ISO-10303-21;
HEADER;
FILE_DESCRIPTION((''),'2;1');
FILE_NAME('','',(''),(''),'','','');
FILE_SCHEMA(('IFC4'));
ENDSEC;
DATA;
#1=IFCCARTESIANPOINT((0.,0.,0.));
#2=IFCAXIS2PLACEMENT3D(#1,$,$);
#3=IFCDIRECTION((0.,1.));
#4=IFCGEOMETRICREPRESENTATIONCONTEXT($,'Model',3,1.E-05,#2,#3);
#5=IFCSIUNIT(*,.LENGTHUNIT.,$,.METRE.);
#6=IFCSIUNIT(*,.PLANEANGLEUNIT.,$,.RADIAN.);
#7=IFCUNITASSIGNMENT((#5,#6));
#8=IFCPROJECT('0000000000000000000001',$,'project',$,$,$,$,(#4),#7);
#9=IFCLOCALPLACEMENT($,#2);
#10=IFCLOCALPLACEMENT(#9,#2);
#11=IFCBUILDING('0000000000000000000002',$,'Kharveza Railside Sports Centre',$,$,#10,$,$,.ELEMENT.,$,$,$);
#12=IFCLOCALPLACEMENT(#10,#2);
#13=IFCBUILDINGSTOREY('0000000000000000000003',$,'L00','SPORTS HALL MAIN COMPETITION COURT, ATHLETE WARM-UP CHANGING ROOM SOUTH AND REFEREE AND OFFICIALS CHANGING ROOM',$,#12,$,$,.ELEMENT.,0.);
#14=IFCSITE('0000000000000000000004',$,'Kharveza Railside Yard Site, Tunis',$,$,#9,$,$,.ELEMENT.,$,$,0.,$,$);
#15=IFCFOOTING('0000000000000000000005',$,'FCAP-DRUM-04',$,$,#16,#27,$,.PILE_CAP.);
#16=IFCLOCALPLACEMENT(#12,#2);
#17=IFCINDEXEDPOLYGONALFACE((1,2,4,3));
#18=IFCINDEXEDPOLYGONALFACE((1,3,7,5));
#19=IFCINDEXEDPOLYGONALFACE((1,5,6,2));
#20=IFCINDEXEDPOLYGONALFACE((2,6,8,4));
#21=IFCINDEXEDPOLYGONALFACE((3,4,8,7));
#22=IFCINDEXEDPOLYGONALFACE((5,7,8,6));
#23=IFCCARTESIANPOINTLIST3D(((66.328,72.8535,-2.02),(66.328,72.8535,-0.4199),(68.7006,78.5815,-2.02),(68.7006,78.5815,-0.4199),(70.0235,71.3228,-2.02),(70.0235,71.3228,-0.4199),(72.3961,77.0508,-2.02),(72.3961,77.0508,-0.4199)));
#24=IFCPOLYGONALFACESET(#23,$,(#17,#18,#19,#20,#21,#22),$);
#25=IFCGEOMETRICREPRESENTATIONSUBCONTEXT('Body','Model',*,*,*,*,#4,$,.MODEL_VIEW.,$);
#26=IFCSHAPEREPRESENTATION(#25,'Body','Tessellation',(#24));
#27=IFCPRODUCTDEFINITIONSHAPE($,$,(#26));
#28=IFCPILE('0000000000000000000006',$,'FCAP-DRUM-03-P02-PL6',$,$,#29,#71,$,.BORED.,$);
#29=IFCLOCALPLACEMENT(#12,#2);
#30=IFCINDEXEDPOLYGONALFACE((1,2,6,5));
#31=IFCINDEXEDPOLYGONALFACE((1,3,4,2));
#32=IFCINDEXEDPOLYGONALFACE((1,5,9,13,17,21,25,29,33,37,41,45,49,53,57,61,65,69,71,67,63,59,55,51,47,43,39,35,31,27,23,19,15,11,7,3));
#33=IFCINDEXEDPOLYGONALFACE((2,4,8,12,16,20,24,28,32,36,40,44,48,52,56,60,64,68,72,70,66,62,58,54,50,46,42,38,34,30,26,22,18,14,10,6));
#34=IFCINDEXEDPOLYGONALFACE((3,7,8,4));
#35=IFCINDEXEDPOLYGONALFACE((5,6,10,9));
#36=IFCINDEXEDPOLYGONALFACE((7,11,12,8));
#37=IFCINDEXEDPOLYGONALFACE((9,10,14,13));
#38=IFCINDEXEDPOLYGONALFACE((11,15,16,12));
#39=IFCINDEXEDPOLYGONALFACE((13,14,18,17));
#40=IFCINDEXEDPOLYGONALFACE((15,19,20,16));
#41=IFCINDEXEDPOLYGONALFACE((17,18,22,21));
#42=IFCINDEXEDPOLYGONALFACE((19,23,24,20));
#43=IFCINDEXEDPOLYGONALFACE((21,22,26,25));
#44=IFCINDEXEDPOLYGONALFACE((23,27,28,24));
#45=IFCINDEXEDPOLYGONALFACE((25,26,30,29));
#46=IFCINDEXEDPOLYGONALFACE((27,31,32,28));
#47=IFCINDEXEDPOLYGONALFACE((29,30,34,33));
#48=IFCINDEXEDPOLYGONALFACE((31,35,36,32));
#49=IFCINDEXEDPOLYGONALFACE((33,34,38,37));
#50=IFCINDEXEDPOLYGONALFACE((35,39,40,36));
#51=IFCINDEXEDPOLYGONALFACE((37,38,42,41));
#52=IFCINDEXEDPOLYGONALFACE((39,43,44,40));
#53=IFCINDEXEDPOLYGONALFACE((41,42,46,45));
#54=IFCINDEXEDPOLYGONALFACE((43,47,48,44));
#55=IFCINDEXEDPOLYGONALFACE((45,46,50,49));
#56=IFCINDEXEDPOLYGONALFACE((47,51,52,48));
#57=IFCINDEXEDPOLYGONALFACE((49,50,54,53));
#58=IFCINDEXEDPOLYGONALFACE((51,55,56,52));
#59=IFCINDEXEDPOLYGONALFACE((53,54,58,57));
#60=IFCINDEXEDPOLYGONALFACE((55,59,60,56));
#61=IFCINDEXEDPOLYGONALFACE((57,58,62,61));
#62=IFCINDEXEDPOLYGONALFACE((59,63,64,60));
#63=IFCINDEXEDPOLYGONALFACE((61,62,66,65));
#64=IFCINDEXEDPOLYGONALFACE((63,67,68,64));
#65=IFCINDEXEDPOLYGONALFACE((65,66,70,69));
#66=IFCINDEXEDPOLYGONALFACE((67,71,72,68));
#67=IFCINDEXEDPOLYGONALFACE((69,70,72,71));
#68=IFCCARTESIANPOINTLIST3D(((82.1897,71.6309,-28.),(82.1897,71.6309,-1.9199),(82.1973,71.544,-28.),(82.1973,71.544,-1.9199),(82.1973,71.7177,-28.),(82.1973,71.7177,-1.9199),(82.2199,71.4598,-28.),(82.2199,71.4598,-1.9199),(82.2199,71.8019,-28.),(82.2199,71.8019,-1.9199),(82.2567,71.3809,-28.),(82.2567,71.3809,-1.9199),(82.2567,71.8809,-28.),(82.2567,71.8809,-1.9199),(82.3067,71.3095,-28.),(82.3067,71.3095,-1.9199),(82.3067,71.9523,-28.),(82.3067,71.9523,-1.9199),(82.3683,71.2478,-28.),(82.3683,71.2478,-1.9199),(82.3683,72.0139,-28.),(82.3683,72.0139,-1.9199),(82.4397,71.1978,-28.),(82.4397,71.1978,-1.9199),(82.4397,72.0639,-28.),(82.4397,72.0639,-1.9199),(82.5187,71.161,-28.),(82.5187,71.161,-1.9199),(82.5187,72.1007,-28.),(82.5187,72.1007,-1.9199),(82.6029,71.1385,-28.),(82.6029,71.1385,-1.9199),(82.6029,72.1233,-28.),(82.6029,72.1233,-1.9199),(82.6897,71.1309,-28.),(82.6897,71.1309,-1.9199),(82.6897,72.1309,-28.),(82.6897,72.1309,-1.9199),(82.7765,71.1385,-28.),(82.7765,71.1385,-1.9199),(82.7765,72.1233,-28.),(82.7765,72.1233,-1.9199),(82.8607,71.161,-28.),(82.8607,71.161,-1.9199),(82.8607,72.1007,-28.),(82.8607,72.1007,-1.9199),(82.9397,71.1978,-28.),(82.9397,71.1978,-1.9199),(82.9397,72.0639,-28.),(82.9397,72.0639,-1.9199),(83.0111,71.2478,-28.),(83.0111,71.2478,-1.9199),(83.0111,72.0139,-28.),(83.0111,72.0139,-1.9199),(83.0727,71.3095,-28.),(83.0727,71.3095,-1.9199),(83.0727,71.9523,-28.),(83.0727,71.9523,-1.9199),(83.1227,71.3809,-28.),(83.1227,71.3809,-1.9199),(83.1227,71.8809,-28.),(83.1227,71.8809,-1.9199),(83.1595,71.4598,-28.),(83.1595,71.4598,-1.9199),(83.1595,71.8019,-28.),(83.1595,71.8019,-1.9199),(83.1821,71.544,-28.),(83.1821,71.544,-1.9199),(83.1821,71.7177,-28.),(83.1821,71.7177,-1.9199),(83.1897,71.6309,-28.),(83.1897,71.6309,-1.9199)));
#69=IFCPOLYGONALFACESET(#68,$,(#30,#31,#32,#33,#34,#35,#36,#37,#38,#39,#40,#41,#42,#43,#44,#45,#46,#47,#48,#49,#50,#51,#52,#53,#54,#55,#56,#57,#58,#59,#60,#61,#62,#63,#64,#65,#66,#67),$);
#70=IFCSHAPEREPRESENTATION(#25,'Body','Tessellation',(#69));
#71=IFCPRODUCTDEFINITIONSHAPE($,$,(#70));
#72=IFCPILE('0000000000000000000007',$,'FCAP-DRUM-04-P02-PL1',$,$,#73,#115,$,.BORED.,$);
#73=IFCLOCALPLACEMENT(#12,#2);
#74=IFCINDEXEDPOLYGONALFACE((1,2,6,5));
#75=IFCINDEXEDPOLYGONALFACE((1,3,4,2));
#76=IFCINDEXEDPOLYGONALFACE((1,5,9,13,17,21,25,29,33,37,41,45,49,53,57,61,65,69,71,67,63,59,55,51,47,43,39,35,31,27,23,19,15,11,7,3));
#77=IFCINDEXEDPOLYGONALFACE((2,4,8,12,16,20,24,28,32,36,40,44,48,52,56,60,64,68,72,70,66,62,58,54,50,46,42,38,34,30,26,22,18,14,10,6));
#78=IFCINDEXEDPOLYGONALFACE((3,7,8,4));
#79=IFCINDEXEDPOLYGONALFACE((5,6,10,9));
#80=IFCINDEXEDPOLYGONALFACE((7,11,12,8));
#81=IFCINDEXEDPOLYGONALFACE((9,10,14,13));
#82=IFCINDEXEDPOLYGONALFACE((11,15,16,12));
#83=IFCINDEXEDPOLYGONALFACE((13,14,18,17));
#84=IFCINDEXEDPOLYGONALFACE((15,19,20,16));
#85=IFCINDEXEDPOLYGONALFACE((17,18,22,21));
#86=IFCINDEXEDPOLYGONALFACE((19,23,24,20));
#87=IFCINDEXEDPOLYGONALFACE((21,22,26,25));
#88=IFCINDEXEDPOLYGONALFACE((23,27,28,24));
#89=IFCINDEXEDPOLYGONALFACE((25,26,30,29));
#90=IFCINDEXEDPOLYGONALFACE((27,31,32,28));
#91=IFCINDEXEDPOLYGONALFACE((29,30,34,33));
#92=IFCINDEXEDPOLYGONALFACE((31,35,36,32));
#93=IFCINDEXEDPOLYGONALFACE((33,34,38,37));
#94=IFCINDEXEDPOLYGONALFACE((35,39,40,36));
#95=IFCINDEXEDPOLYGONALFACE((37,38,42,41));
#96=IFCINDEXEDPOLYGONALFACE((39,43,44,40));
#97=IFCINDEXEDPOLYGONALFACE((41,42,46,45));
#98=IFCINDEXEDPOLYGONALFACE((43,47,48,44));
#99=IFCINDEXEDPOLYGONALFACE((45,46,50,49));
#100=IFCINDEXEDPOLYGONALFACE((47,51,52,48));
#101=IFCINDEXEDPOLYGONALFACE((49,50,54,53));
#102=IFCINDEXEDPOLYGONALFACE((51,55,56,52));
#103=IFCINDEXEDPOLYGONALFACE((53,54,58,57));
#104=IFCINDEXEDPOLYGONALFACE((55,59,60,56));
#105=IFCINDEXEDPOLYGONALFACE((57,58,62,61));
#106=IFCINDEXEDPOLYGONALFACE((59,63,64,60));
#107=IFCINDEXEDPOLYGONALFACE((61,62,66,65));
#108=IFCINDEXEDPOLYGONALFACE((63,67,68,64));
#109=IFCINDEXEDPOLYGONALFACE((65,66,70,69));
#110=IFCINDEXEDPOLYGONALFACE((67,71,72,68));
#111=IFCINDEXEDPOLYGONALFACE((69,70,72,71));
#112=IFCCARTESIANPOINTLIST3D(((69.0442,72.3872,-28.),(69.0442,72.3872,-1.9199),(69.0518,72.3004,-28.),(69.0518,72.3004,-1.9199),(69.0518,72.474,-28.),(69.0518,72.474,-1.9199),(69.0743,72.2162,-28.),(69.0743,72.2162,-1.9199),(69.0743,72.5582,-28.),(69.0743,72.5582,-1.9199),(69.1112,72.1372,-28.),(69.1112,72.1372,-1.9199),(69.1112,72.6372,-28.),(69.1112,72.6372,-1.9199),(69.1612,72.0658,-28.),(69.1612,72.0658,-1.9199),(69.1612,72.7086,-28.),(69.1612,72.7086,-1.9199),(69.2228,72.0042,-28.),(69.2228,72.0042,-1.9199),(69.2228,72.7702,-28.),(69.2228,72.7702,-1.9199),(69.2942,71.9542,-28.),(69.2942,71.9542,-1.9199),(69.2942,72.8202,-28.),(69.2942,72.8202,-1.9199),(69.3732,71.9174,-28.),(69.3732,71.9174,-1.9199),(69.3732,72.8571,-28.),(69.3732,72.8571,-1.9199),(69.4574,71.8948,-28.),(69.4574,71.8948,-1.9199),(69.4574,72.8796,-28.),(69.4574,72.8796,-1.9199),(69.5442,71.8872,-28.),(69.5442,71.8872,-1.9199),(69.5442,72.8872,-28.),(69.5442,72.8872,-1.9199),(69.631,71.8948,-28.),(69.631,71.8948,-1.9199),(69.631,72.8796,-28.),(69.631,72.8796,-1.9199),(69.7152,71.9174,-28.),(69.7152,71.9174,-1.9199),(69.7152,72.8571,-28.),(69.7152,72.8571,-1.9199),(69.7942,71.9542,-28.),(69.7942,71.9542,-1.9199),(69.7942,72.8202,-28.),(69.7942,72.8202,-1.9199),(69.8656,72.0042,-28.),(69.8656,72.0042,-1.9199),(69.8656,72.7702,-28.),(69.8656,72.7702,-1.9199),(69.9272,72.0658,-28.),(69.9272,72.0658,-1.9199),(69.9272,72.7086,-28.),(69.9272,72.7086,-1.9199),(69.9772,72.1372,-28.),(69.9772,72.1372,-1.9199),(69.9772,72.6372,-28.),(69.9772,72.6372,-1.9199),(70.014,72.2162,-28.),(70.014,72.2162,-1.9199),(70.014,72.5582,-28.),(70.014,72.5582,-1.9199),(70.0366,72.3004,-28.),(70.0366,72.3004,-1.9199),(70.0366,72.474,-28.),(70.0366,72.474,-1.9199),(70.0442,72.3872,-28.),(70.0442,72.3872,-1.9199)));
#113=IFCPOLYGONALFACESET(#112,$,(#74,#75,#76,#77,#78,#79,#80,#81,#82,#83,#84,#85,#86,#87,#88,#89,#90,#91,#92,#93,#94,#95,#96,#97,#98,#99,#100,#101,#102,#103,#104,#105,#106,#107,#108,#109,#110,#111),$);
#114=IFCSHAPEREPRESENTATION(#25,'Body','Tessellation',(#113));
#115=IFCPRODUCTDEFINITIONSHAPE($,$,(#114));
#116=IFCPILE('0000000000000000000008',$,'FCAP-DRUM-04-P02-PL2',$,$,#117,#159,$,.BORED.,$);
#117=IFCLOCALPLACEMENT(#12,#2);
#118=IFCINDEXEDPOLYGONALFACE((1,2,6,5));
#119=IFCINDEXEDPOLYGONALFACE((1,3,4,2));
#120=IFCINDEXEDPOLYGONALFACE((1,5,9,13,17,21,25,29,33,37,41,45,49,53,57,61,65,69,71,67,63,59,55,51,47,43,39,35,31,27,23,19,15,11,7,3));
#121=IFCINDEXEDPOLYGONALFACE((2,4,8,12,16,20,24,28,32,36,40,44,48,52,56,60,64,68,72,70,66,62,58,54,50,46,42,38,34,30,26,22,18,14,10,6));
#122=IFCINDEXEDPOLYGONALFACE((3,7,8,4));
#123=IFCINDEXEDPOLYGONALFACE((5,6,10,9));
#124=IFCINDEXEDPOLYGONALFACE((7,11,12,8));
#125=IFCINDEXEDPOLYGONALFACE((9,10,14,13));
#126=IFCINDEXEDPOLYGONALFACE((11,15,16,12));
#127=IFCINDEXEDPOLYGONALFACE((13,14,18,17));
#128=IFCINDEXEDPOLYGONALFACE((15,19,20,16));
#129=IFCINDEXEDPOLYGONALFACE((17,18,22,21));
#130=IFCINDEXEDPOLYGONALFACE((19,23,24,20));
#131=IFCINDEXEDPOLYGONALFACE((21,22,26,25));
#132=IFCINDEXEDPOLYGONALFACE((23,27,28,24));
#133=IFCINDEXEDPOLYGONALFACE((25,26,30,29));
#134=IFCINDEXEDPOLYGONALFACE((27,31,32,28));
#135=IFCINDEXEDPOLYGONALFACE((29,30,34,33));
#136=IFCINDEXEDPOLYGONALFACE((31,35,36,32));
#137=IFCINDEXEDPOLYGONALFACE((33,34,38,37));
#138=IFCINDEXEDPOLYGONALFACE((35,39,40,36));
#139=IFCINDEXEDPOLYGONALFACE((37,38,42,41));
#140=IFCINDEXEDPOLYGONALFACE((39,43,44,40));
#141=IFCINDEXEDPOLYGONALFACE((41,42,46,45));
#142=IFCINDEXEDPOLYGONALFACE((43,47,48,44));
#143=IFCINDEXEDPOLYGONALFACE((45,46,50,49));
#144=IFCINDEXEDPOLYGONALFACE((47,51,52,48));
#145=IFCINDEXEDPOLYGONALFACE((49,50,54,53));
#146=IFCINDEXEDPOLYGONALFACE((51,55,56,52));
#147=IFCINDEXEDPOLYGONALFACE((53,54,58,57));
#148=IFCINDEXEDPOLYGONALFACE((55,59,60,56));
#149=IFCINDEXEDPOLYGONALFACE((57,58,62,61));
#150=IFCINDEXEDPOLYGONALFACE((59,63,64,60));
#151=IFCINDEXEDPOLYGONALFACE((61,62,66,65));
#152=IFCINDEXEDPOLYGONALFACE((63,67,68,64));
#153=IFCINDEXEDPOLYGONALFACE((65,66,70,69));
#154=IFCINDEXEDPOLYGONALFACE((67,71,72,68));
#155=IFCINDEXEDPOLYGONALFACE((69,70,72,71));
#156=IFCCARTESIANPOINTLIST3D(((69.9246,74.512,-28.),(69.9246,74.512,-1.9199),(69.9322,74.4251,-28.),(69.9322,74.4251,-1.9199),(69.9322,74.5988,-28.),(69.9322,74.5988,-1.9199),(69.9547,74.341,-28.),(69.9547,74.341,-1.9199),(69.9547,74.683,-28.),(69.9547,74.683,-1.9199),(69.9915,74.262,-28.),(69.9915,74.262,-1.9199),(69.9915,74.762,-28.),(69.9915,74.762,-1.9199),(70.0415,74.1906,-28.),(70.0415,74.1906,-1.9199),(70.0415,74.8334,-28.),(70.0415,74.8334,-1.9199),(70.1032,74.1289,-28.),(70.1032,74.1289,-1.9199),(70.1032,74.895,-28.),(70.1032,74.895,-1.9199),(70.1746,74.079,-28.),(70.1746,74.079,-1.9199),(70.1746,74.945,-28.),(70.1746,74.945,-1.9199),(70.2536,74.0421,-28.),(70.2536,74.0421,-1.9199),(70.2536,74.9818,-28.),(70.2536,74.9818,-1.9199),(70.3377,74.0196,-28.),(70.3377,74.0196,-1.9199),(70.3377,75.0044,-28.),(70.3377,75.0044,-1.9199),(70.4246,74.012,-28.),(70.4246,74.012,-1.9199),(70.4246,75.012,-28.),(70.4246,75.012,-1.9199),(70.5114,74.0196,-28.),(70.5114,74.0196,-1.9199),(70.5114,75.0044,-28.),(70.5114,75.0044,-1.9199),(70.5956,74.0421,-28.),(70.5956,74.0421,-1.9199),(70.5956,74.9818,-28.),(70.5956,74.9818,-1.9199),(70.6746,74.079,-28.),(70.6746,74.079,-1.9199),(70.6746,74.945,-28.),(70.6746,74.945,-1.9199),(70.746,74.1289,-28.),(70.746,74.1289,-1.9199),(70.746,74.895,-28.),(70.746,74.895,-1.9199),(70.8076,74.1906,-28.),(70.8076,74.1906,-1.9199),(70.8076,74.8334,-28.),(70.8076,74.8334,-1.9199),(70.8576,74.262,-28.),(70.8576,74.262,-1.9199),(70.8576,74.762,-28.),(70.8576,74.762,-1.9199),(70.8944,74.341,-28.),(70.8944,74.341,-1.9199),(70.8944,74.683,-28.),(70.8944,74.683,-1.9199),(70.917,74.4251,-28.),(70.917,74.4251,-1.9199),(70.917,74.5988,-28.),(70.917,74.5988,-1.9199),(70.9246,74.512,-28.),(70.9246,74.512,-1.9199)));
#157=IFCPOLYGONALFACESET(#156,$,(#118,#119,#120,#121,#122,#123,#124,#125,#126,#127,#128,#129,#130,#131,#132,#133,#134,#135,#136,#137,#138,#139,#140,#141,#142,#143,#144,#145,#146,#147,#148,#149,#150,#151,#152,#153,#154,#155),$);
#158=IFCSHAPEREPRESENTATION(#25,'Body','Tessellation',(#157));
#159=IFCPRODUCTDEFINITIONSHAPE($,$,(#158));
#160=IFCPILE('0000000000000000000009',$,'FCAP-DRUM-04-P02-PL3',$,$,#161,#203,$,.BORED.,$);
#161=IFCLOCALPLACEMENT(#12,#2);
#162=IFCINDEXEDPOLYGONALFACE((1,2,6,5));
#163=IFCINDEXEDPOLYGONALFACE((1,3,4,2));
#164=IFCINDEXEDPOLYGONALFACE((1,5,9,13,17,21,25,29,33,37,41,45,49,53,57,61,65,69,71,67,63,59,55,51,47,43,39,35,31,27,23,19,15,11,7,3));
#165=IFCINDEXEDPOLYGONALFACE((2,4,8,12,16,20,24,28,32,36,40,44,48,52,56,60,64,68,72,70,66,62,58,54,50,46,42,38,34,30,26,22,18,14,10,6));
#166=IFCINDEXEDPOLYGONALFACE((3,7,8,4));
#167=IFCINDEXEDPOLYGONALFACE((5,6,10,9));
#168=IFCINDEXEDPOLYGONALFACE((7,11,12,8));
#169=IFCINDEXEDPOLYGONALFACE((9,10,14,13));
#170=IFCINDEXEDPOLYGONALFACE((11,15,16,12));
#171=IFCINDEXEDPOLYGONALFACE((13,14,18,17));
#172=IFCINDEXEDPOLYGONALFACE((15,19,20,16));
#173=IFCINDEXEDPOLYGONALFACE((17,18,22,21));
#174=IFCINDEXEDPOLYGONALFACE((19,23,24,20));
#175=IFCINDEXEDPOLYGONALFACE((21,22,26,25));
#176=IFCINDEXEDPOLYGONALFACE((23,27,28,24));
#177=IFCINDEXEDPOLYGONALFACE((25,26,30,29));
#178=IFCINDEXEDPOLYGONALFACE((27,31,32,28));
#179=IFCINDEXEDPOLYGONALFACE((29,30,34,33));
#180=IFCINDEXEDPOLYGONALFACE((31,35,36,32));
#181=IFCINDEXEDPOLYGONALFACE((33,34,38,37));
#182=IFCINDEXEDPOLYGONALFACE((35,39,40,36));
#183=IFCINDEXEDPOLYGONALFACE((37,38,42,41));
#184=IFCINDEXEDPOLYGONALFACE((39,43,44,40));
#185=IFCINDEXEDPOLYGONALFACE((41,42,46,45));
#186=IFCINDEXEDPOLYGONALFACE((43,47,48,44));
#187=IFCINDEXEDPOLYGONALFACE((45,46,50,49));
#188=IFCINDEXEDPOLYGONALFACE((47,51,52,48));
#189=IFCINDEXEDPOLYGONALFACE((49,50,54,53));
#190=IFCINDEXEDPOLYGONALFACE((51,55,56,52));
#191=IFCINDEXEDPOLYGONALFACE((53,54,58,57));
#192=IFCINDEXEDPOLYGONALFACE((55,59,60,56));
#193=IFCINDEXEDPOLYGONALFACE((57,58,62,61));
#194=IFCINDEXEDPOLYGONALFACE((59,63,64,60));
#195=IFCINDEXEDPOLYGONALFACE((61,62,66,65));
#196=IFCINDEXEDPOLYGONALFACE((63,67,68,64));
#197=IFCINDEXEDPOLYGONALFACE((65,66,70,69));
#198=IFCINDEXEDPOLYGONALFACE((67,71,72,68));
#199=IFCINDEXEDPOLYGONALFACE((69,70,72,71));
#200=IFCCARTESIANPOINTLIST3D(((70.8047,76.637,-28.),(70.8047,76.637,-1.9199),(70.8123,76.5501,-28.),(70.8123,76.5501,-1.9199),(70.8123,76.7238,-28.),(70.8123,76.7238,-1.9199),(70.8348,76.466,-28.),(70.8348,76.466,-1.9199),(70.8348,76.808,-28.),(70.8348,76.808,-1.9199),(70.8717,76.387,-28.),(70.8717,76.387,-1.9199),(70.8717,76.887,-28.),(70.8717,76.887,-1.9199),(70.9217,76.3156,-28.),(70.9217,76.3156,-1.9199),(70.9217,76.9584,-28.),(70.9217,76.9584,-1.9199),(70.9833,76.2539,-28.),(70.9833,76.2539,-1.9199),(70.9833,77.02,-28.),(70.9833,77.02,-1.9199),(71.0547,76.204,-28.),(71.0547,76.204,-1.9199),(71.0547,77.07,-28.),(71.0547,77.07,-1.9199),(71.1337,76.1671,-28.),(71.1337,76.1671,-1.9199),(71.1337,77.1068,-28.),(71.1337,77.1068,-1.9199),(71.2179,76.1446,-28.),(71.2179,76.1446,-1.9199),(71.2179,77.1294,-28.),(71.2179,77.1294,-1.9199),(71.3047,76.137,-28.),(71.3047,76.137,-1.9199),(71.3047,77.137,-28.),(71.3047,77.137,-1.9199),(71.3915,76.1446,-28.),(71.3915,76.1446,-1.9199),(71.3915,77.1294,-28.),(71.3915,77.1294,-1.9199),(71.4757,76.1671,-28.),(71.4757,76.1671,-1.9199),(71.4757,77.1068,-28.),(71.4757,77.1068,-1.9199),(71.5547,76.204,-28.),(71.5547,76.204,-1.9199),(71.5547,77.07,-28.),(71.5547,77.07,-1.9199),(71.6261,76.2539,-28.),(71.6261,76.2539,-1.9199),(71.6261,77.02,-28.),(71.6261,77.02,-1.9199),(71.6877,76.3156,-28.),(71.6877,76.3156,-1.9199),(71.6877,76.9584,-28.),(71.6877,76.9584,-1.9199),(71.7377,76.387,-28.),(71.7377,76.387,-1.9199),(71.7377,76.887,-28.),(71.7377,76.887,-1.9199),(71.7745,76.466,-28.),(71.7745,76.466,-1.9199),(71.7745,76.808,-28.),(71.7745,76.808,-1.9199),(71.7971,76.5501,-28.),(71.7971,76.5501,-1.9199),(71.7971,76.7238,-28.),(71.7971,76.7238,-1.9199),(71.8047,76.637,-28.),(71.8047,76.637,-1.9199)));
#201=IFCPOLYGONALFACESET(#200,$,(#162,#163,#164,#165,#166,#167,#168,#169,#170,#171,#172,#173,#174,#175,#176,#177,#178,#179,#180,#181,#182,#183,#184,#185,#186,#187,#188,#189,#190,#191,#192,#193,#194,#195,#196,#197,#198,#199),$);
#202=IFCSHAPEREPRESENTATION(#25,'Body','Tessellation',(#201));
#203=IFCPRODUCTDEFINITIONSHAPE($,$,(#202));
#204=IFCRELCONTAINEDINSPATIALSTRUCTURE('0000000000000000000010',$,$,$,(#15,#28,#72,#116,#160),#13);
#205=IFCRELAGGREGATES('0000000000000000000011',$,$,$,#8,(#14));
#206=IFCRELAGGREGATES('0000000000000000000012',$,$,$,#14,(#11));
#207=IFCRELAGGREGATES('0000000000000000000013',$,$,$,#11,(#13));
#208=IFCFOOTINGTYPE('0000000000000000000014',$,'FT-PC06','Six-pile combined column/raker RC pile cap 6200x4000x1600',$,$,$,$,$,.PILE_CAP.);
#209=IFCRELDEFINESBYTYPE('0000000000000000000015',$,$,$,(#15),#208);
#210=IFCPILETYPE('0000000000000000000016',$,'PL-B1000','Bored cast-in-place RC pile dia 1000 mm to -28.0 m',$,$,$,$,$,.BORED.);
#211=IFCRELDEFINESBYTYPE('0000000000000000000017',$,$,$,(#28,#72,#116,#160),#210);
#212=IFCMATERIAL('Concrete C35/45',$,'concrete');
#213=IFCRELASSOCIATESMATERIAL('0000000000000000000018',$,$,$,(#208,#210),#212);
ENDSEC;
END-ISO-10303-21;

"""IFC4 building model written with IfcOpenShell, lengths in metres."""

from ifc_helpers import new_model, si_unit, direction, frame, origin, origin_2d, place, context, subcontext, project, spatial, rectangle, circle, extrude, material, material_profile, profile_set, type_object, element, save


model = new_model("IFC4")

# Units and contexts
model_context = context("Model", 3, precision=1e-05, world=origin(), true_north=direction((0.0, 1.0)))
body_context = subcontext(model_context, "Body", "Model", "MODEL_VIEW")
ifc_project = project(units=[si_unit("LENGTHUNIT", "METRE"), si_unit("PLANEANGLEUNIT", "RADIAN")], contexts=[model_context])

# Site, building, storey
site_placement = place(None, origin())
site = spatial("IfcSite", under=ifc_project, at=site_placement, Name="Kharveza Railside Yard Site, Tunis", CompositionType="ELEMENT", RefElevation=0.0)
building_placement = place(site_placement, origin())
building = spatial("IfcBuilding", under=site, at=building_placement, Name="Kharveza Railside Sports Centre", CompositionType="ELEMENT")
storey_placement = place(building_placement, origin())
storey = spatial("IfcBuildingStorey", under=building, at=storey_placement, Name="L00", Description="SPORTS HALL MAIN COMPETITION COURT, ATHLETE WARM-UP CHANGING ROOM SOUTH AND REFEREE AND OFFICIALS CHANGING ROOM", CompositionType="ELEMENT", Elevation=0.0)

# Footing
ifc_material_1 = material(Name="Concrete C35/45", Category="concrete")
footing_type = type_object("IfcFootingType", Name="FT-PC06", Description="Six-pile combined column/raker RC pile cap 6200x4000x1600", PredefinedType="PILE_CAP", material=ifc_material_1)
footing_placement = place(storey_placement, frame((69.3621, 74.9521, -2.02), z_axis=(0.0, 0.0, 1.0), x_axis=(0.382683, 0.92388, 0.0)))
element("IfcFooting", 1, at=footing_placement, inside=storey, type_object=footing_type, Name="FCAP-DRUM-04", PredefinedType="PILE_CAP", context=body_context, shape_type="SweptSolid", body=[
    extrude(rectangle(XDim=6.2, YDim=4.0, at=origin_2d()), origin(), (0.0, 0.0, 1.0), 1.6001),
])

# Piles
ifc_material_profile_1 = material_profile(ifc_material_1, circle(Radius=0.5, at=origin_2d()), Name="PILE D1000")
ifc_profile_set_1 = profile_set([ifc_material_profile_1], Name="Concrete C35/45")
pile_type = type_object("IfcPileType", Name="PL-B1000", Description="Bored cast-in-place RC pile dia 1000 mm to -28.0 m", PredefinedType="BORED", material=ifc_profile_set_1)
for number, where, z_axis, x_axis, name in (
    (2, (82.6897, 71.6309, -1.9199), (0.0, 0.0, -1.0), (1.0, 0.0, 0.0), "FCAP-DRUM-03-P02-PL6"),
    (3, (69.5442, 72.3872, -1.9199), (0.0, 0.0, -1.0), (1.0, 0.0, 0.0), "FCAP-DRUM-04-P02-PL1"),
    (4, (70.4246, 74.512, -1.9199), (0.0, 0.0, -1.0), (1.0, 0.0, 0.0), "FCAP-DRUM-04-P02-PL2"),
    (5, (71.3047, 76.637, -1.9199), (0.0, 0.0, -1.0), (1.0, 0.0, 0.0), "FCAP-DRUM-04-P02-PL3"),
):
    element("IfcPile", number, at=place(storey_placement, frame(where, z_axis=z_axis, x_axis=x_axis)), inside=storey, type_object=pile_type, Name=name, PredefinedType="BORED", context=body_context, shape_type="SweptSolid", body=[
        extrude(circle(Radius=0.5, at=origin_2d()), origin(), (0.0, 0.0, 1.0), 26.0801),
    ])

save(model, "model.ifc")
